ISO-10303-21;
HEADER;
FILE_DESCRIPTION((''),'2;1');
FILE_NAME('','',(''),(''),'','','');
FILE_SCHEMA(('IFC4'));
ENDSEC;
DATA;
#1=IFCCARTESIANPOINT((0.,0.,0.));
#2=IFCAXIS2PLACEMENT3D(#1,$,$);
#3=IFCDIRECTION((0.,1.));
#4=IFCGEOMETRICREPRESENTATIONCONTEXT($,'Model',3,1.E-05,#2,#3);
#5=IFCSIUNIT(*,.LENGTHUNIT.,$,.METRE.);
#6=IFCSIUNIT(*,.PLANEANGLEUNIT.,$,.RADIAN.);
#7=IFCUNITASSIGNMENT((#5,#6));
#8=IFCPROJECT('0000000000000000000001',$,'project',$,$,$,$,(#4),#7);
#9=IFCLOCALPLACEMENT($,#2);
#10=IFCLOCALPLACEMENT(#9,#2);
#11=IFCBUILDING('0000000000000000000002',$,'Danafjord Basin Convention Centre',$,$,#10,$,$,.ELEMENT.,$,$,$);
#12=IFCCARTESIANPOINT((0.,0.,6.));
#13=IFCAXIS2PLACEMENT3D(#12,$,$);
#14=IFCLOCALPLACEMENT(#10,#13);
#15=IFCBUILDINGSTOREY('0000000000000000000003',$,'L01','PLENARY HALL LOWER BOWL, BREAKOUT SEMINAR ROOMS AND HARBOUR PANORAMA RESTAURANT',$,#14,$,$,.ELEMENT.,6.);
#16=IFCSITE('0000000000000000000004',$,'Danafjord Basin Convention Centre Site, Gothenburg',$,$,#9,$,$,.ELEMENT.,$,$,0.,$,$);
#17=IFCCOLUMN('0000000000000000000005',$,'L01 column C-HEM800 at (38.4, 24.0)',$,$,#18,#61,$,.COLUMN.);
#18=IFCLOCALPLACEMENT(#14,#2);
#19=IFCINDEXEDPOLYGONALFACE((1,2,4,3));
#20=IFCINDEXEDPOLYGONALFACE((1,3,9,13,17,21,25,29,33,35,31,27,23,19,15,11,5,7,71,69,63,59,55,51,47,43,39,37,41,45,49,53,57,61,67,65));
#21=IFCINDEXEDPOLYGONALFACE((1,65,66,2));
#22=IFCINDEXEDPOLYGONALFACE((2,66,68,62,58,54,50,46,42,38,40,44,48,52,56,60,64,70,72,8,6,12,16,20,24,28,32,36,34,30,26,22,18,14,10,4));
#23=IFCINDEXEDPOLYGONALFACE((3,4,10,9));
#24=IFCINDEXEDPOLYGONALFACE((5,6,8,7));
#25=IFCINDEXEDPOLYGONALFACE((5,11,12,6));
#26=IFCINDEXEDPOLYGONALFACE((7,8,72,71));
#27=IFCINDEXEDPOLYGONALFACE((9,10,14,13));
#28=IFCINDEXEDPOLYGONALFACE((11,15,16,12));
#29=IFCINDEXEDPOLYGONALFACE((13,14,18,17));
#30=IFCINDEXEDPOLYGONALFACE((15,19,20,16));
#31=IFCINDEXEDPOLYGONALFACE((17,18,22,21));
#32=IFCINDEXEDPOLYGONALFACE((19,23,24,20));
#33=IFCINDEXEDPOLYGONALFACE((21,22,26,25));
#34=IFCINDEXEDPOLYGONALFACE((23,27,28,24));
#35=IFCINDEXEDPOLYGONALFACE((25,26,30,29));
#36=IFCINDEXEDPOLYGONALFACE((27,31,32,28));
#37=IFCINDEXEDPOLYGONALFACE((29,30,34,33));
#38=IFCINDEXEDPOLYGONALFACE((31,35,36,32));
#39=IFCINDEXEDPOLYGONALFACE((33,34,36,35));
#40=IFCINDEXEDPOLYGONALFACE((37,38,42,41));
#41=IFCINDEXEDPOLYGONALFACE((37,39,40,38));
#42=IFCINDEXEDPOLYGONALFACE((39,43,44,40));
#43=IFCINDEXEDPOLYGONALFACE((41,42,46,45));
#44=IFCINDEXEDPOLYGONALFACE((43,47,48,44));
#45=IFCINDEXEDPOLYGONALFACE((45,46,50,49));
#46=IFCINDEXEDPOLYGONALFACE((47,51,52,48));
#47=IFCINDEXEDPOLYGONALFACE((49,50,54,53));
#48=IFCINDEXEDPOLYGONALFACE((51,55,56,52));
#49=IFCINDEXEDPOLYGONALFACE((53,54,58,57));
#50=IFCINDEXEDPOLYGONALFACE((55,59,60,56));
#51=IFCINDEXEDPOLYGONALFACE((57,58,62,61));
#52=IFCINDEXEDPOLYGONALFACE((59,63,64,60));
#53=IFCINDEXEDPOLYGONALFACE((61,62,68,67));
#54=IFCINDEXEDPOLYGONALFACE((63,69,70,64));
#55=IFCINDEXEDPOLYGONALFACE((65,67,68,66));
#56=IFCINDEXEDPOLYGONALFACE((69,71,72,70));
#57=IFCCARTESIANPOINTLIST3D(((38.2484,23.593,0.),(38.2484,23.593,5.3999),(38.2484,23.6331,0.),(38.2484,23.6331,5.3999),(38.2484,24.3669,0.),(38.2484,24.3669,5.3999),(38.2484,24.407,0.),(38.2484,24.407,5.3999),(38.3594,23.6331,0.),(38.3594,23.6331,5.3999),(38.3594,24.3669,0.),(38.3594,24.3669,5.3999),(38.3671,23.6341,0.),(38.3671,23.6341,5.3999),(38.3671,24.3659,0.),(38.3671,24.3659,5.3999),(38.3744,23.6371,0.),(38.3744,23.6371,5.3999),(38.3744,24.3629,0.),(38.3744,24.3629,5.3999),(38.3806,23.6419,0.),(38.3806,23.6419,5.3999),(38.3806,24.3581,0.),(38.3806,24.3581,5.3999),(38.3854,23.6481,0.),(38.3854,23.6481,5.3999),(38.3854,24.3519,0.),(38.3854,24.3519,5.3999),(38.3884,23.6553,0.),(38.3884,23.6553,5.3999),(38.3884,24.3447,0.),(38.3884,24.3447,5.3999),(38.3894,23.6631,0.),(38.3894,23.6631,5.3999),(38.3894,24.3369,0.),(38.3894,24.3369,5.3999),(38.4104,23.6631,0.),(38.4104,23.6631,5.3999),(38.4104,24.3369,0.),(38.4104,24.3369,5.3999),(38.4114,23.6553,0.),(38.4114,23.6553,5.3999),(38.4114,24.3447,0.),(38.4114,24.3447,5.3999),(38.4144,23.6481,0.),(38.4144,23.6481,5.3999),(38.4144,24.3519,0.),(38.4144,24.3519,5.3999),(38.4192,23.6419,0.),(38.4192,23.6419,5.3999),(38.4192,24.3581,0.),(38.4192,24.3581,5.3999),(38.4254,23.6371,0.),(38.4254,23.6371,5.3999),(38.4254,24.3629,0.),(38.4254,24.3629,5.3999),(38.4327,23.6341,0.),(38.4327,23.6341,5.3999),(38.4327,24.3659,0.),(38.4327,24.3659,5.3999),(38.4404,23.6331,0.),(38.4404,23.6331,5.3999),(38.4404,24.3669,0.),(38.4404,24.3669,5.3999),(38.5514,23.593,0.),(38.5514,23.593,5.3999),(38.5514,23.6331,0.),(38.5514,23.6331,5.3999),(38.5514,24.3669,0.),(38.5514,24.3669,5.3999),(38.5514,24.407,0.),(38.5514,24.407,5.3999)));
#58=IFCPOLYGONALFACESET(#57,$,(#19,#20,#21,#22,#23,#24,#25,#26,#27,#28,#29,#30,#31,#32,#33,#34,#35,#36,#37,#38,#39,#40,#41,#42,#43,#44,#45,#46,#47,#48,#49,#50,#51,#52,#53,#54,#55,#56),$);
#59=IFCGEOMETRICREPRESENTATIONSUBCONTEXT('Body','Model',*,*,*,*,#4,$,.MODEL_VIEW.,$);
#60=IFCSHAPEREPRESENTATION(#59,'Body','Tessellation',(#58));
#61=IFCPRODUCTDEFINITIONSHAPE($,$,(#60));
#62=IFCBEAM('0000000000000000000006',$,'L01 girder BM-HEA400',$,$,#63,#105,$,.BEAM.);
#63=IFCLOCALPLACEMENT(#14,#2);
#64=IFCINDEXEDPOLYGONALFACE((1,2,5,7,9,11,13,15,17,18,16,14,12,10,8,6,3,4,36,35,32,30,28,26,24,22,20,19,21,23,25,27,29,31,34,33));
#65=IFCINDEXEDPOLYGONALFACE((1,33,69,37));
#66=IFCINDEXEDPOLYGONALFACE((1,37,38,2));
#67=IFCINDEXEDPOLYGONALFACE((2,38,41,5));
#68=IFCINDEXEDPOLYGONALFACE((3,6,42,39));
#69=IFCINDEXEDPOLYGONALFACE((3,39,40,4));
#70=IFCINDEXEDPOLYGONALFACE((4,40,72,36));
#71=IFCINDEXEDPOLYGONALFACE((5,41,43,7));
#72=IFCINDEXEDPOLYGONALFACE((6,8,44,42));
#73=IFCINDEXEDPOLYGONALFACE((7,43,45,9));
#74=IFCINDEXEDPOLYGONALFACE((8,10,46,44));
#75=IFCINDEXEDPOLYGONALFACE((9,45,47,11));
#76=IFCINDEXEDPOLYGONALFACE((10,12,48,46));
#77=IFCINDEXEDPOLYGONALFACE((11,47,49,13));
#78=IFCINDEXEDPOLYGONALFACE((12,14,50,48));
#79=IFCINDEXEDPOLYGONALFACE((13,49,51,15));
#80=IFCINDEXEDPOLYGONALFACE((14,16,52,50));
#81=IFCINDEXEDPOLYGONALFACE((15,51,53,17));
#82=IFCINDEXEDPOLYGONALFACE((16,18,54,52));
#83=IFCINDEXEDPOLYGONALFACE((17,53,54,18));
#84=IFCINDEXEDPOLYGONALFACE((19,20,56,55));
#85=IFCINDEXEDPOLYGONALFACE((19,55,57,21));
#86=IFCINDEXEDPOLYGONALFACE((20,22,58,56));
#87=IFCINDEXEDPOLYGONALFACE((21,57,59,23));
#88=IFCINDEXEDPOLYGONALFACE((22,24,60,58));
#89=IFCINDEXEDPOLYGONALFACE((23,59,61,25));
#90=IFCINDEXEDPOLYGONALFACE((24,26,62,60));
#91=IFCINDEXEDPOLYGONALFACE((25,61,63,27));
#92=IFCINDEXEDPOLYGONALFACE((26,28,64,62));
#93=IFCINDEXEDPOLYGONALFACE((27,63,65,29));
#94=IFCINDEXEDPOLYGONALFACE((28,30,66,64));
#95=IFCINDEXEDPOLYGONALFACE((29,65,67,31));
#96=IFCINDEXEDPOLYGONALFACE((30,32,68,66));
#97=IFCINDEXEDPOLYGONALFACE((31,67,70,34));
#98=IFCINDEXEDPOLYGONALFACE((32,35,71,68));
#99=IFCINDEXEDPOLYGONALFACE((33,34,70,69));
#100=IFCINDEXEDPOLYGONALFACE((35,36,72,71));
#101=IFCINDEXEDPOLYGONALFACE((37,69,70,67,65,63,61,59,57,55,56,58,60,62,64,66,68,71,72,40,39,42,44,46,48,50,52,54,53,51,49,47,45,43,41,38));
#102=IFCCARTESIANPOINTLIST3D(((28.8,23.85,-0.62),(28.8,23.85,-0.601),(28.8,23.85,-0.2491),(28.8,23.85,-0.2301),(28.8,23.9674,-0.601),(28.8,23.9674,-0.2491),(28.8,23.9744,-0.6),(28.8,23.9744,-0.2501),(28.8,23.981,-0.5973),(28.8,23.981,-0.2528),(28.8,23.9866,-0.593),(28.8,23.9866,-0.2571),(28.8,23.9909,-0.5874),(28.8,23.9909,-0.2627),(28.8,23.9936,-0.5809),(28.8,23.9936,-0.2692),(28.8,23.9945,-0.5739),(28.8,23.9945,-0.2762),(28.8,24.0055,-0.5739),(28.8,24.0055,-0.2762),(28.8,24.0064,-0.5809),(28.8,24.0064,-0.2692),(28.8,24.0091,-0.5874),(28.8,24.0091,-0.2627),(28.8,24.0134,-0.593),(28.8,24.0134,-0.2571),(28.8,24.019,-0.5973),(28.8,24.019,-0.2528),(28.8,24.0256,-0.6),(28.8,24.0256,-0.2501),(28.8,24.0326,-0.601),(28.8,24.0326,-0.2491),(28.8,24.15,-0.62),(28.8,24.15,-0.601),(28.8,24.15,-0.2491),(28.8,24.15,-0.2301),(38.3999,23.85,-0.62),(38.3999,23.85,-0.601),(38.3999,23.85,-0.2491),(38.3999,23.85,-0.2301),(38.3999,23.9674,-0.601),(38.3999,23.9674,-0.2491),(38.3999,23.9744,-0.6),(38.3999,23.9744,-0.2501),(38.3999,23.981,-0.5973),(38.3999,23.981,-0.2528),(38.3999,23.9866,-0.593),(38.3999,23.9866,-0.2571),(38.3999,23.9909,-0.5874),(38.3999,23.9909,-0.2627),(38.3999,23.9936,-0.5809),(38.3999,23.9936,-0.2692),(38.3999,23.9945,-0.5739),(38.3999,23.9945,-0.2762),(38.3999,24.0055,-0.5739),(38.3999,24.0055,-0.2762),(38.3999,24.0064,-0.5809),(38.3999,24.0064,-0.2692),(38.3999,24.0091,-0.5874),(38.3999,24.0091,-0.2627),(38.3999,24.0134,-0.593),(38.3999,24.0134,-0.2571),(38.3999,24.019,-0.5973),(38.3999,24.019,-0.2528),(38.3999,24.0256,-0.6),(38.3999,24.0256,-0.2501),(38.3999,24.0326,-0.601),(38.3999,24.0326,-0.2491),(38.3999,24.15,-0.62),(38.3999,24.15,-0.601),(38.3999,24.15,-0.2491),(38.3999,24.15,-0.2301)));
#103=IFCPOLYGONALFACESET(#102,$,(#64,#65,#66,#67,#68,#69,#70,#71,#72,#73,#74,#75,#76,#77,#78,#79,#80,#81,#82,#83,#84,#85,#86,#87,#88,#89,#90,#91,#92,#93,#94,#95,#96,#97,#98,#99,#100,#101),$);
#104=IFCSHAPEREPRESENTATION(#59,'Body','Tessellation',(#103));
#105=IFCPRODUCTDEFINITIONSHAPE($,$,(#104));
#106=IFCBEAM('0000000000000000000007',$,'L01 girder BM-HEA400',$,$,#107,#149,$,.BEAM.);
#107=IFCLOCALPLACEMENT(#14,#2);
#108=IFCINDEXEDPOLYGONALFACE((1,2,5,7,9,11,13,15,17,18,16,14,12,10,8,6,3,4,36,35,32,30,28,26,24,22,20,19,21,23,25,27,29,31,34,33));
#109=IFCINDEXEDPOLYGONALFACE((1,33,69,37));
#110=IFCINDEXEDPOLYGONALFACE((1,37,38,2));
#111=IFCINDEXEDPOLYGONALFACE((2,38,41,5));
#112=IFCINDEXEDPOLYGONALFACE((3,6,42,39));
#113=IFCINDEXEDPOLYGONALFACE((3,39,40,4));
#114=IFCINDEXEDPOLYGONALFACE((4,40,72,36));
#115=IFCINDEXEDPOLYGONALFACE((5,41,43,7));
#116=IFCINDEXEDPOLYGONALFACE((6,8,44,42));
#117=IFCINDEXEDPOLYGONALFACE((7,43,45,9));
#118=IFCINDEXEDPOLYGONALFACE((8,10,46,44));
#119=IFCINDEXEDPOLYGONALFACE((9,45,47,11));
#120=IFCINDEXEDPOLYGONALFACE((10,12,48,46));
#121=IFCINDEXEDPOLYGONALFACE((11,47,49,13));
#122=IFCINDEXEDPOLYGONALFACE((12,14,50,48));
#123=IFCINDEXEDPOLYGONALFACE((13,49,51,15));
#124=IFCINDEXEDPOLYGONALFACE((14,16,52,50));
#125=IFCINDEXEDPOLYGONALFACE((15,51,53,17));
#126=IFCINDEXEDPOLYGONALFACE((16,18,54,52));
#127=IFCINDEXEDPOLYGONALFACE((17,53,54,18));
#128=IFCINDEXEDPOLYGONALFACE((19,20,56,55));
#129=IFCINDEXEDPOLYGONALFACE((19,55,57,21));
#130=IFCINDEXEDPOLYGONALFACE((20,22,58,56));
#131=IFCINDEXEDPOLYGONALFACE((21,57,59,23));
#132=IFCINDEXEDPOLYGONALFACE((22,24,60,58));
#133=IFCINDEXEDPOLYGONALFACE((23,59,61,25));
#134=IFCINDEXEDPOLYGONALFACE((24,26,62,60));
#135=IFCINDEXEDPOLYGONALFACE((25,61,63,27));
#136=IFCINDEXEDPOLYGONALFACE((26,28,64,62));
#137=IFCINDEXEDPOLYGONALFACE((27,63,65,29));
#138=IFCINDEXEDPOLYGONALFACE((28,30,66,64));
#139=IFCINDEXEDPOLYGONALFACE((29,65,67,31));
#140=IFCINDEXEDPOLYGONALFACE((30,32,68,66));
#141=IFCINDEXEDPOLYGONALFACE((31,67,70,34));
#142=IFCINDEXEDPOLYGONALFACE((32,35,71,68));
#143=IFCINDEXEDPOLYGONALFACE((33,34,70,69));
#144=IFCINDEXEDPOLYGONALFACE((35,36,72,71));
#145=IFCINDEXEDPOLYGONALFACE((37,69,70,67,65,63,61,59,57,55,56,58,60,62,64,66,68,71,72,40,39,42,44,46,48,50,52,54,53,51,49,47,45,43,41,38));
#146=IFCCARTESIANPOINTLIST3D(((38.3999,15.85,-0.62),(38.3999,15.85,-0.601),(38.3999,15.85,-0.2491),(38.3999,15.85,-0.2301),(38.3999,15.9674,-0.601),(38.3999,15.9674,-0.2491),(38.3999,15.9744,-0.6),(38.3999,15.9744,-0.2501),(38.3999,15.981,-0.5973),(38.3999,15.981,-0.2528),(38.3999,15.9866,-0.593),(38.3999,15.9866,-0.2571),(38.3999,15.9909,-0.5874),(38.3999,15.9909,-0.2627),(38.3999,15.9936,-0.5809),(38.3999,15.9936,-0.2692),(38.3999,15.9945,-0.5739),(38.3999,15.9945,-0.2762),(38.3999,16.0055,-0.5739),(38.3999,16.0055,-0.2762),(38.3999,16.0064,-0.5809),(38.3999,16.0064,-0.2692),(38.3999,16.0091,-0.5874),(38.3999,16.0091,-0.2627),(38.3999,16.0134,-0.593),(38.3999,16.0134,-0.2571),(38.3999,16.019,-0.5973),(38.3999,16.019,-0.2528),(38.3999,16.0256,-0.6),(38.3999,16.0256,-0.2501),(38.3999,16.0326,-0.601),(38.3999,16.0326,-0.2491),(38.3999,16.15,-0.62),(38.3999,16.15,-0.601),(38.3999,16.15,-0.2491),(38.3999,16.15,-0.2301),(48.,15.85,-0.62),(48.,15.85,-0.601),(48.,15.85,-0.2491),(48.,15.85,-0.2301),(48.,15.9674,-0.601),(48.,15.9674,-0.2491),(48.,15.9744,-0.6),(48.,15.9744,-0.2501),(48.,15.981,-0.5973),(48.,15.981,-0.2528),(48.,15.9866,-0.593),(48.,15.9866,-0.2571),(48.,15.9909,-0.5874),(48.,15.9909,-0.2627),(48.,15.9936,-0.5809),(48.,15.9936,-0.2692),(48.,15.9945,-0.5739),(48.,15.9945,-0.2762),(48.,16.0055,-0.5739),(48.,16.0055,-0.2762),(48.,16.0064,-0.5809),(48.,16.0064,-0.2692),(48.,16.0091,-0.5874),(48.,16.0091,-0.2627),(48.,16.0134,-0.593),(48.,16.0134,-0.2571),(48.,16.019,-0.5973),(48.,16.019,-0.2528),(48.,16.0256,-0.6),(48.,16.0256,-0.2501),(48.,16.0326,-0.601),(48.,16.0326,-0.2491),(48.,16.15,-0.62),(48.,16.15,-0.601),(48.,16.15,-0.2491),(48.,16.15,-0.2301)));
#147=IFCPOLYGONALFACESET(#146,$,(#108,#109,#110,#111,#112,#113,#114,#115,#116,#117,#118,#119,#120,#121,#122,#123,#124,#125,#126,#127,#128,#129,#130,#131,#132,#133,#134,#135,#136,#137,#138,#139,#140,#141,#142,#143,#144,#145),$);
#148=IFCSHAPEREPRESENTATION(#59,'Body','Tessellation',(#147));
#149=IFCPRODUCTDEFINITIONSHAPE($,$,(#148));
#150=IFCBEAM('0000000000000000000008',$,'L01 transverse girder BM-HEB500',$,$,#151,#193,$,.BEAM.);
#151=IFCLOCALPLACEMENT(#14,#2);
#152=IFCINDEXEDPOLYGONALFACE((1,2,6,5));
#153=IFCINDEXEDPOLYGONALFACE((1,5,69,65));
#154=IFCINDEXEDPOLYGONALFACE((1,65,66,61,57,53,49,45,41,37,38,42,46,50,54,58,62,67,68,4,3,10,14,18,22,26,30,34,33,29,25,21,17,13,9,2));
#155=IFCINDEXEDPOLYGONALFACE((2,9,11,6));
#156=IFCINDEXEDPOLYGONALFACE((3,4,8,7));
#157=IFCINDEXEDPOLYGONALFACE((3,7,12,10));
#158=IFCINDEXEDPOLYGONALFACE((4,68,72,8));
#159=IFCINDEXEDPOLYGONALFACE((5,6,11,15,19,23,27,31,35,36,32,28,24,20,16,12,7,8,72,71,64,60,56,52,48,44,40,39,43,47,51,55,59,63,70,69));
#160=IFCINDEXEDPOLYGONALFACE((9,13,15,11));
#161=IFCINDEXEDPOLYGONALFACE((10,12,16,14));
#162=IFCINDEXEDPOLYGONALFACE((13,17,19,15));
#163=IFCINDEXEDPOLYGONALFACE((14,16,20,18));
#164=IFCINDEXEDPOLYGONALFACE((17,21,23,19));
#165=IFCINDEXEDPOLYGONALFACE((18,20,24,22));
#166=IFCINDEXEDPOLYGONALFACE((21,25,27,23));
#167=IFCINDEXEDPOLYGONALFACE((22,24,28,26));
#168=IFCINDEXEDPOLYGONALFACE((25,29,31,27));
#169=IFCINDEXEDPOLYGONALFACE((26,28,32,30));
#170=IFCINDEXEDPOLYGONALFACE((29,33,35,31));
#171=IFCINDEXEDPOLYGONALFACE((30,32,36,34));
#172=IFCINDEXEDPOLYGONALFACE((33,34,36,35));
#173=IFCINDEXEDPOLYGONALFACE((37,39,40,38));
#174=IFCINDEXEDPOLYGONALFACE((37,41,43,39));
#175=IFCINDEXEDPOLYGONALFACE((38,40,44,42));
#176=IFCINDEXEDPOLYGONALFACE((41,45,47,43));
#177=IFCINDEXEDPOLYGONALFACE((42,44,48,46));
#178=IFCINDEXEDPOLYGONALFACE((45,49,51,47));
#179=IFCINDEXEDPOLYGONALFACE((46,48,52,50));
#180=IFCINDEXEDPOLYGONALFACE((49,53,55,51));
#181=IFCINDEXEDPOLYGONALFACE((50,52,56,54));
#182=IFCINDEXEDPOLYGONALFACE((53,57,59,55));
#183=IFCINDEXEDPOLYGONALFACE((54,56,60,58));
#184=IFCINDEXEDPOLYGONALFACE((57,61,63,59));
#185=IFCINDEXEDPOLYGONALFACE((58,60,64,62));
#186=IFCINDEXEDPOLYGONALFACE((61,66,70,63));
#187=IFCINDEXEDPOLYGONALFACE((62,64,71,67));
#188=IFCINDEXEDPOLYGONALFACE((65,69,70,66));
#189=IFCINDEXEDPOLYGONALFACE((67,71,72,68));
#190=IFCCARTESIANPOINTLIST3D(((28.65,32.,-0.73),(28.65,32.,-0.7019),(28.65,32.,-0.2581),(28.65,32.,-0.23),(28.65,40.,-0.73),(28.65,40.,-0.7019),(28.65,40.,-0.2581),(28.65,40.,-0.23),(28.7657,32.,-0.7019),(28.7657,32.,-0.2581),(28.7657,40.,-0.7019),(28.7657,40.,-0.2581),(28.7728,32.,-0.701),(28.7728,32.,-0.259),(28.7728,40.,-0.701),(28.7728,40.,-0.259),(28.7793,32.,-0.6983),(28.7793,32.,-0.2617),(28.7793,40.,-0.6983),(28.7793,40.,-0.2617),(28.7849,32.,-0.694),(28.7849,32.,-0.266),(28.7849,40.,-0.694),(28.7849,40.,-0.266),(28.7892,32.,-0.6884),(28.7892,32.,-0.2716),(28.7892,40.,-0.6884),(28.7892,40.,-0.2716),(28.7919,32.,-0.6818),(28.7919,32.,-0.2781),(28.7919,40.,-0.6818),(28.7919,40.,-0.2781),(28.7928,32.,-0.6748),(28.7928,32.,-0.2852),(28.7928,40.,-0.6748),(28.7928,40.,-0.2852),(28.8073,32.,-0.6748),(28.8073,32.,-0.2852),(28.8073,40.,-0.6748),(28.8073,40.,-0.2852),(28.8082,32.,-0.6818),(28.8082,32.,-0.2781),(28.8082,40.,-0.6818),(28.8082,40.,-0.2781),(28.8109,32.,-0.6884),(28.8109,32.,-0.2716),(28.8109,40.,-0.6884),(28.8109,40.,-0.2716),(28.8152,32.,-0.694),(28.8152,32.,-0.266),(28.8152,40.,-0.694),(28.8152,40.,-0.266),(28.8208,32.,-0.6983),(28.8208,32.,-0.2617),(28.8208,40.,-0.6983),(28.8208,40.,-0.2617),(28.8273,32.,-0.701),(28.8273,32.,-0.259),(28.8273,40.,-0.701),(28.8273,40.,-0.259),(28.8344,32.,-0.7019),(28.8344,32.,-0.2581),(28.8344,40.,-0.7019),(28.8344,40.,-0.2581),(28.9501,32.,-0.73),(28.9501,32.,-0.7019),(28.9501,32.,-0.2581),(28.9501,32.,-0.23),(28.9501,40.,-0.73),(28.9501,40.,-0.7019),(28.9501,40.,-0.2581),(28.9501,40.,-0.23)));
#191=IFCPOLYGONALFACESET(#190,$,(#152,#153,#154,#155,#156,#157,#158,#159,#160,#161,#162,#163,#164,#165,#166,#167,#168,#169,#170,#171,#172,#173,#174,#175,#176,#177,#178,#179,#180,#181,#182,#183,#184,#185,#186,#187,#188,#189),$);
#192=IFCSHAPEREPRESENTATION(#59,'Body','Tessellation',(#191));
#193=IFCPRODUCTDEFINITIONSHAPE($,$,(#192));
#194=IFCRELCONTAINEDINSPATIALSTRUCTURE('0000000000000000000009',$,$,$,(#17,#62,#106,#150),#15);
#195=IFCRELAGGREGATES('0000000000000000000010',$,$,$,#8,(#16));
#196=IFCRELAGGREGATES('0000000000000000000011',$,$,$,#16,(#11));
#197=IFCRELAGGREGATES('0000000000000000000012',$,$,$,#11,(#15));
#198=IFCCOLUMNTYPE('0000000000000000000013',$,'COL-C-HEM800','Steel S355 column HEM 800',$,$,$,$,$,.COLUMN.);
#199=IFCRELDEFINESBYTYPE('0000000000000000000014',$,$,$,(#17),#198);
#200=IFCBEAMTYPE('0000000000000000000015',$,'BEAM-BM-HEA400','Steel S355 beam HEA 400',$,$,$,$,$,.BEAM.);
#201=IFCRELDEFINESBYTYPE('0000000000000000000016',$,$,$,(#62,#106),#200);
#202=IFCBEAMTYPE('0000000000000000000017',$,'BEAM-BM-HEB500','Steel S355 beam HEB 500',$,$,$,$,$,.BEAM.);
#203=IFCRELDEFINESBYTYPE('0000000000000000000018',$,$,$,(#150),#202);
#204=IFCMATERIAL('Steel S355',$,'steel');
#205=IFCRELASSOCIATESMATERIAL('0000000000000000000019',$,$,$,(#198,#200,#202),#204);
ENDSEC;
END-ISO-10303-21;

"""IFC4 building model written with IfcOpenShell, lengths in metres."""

from ifc_helpers import new_model, si_unit, direction, frame, origin, origin_2d, place, context, subcontext, project, spatial, i_section, extrude, material, material_profile, profile_set, type_object, element, save


model = new_model("IFC4")

# Units and contexts
model_context = context("Model", 3, precision=1e-05, world=origin(), true_north=direction((0.0, 1.0)))
body_context = subcontext(model_context, "Body", "Model", "MODEL_VIEW")
ifc_project = project(units=[si_unit("LENGTHUNIT", "METRE"), si_unit("PLANEANGLEUNIT", "RADIAN")], contexts=[model_context])

# Site, building, storey
site_placement = place(None, origin())
site = spatial("IfcSite", under=ifc_project, at=site_placement, Name="Danafjord Basin Convention Centre Site, Gothenburg", CompositionType="ELEMENT", RefElevation=0.0)
building_placement = place(site_placement, origin())
building = spatial("IfcBuilding", under=site, at=building_placement, Name="Danafjord Basin Convention Centre", CompositionType="ELEMENT")
storey_placement = place(building_placement, frame((0.0, 0.0, 6.0)))
storey = spatial("IfcBuildingStorey", under=building, at=storey_placement, Name="L01", Description="PLENARY HALL LOWER BOWL, BREAKOUT SEMINAR ROOMS AND HARBOUR PANORAMA RESTAURANT", CompositionType="ELEMENT", Elevation=6.0)

# Column
ifc_material_1 = material(Name="Steel S355", Category="steel")
ifc_material_profile_1 = material_profile(ifc_material_1, i_section(OverallWidth=0.303, OverallDepth=0.814, WebThickness=0.021, FlangeThickness=0.04, FilletRadius=0.03, at=origin_2d()), Name="HEM 800")
ifc_profile_set_1 = profile_set([ifc_material_profile_1], Name="Steel S355")
column_type_1 = type_object("IfcColumnType", Name="COL-C-HEM800", Description="Steel S355 column HEM 800", PredefinedType="COLUMN", material=ifc_profile_set_1)
column_1_placement = place(storey_placement, frame((38.3999, 24.0, 0.0), z_axis=(0.0, 0.0, 1.0), x_axis=(1.0, 0.0, 0.0)))
element("IfcColumn", 1, at=column_1_placement, inside=storey, type_object=column_type_1, Name="L01 column C-HEM800 at (38.4, 24.0)", PredefinedType="COLUMN", context=body_context, shape_type="SweptSolid", body=[
    extrude(i_section(OverallWidth=0.303, OverallDepth=0.814, WebThickness=0.021, FlangeThickness=0.04, FilletRadius=0.03, at=origin_2d()), origin(), (0.0, 0.0, 1.0), 5.3999),
])

# Beams
ifc_material_profile_2 = material_profile(ifc_material_1, i_section(OverallWidth=0.3, OverallDepth=0.3899, WebThickness=0.011, FlangeThickness=0.019, FilletRadius=0.0271, at=origin_2d()), Name="HEA 400")
ifc_profile_set_2 = profile_set([ifc_material_profile_2], Name="Steel S355")
beam_type_1 = type_object("IfcBeamType", Name="BEAM-BM-HEA400", Description="Steel S355 beam HEA 400", PredefinedType="BEAM", material=ifc_profile_set_2)
beam_1_placement = place(storey_placement, frame((28.8, 24.0, -0.425), z_axis=(1.0, 0.0, 0.0), x_axis=(0.0, 1.0, 0.0)))
element("IfcBeam", 2, at=beam_1_placement, inside=storey, type_object=beam_type_1, Name="L01 girder BM-HEA400", PredefinedType="BEAM", context=body_context, shape_type="SweptSolid", body=[
    extrude(i_section(OverallWidth=0.3, OverallDepth=0.3899, WebThickness=0.011, FlangeThickness=0.019, FilletRadius=0.0271, at=origin_2d()), origin(), (0.0, 0.0, 1.0), 9.5999),
])
beam_2_placement = place(storey_placement, frame((38.3999, 16.0, -0.425), z_axis=(1.0, 0.0, 0.0), x_axis=(0.0, 1.0, 0.0)))
element("IfcBeam", 3, at=beam_2_placement, inside=storey, type_object=beam_type_1, Name="L01 girder BM-HEA400", PredefinedType="BEAM", context=body_context, shape_type="SweptSolid", body=[
    extrude(i_section(OverallWidth=0.3, OverallDepth=0.3899, WebThickness=0.011, FlangeThickness=0.019, FilletRadius=0.0271, at=origin_2d()), origin(), (0.0, 0.0, 1.0), 9.6001),
])
ifc_material_profile_3 = material_profile(ifc_material_1, i_section(OverallWidth=0.3, OverallDepth=0.5, WebThickness=0.0144, FlangeThickness=0.0281, FilletRadius=0.0271, at=origin_2d()), Name="HEB 500")
ifc_profile_set_3 = profile_set([ifc_material_profile_3], Name="Steel S355")
beam_type_2 = type_object("IfcBeamType", Name="BEAM-BM-HEB500", Description="Steel S355 beam HEB 500", PredefinedType="BEAM", material=ifc_profile_set_3)
for number, where, z_axis, x_axis, name in (
    (4, (28.8, 32.0, -0.48), (0.0, 1.0, 0.0), (-1.0, 0.0, 0.0), "L01 transverse girder BM-HEB500"),
):
    element("IfcBeam", number, at=place(storey_placement, frame(where, z_axis=z_axis, x_axis=x_axis)), inside=storey, type_object=beam_type_2, Name=name, PredefinedType="BEAM", context=body_context, shape_type="SweptSolid", body=[
        extrude(i_section(OverallWidth=0.3, OverallDepth=0.5, WebThickness=0.0144, FlangeThickness=0.0281, FilletRadius=0.0271, at=origin_2d()), origin(), (0.0, 0.0, 1.0), 8.0),
    ])

save(model, "model.ifc")
